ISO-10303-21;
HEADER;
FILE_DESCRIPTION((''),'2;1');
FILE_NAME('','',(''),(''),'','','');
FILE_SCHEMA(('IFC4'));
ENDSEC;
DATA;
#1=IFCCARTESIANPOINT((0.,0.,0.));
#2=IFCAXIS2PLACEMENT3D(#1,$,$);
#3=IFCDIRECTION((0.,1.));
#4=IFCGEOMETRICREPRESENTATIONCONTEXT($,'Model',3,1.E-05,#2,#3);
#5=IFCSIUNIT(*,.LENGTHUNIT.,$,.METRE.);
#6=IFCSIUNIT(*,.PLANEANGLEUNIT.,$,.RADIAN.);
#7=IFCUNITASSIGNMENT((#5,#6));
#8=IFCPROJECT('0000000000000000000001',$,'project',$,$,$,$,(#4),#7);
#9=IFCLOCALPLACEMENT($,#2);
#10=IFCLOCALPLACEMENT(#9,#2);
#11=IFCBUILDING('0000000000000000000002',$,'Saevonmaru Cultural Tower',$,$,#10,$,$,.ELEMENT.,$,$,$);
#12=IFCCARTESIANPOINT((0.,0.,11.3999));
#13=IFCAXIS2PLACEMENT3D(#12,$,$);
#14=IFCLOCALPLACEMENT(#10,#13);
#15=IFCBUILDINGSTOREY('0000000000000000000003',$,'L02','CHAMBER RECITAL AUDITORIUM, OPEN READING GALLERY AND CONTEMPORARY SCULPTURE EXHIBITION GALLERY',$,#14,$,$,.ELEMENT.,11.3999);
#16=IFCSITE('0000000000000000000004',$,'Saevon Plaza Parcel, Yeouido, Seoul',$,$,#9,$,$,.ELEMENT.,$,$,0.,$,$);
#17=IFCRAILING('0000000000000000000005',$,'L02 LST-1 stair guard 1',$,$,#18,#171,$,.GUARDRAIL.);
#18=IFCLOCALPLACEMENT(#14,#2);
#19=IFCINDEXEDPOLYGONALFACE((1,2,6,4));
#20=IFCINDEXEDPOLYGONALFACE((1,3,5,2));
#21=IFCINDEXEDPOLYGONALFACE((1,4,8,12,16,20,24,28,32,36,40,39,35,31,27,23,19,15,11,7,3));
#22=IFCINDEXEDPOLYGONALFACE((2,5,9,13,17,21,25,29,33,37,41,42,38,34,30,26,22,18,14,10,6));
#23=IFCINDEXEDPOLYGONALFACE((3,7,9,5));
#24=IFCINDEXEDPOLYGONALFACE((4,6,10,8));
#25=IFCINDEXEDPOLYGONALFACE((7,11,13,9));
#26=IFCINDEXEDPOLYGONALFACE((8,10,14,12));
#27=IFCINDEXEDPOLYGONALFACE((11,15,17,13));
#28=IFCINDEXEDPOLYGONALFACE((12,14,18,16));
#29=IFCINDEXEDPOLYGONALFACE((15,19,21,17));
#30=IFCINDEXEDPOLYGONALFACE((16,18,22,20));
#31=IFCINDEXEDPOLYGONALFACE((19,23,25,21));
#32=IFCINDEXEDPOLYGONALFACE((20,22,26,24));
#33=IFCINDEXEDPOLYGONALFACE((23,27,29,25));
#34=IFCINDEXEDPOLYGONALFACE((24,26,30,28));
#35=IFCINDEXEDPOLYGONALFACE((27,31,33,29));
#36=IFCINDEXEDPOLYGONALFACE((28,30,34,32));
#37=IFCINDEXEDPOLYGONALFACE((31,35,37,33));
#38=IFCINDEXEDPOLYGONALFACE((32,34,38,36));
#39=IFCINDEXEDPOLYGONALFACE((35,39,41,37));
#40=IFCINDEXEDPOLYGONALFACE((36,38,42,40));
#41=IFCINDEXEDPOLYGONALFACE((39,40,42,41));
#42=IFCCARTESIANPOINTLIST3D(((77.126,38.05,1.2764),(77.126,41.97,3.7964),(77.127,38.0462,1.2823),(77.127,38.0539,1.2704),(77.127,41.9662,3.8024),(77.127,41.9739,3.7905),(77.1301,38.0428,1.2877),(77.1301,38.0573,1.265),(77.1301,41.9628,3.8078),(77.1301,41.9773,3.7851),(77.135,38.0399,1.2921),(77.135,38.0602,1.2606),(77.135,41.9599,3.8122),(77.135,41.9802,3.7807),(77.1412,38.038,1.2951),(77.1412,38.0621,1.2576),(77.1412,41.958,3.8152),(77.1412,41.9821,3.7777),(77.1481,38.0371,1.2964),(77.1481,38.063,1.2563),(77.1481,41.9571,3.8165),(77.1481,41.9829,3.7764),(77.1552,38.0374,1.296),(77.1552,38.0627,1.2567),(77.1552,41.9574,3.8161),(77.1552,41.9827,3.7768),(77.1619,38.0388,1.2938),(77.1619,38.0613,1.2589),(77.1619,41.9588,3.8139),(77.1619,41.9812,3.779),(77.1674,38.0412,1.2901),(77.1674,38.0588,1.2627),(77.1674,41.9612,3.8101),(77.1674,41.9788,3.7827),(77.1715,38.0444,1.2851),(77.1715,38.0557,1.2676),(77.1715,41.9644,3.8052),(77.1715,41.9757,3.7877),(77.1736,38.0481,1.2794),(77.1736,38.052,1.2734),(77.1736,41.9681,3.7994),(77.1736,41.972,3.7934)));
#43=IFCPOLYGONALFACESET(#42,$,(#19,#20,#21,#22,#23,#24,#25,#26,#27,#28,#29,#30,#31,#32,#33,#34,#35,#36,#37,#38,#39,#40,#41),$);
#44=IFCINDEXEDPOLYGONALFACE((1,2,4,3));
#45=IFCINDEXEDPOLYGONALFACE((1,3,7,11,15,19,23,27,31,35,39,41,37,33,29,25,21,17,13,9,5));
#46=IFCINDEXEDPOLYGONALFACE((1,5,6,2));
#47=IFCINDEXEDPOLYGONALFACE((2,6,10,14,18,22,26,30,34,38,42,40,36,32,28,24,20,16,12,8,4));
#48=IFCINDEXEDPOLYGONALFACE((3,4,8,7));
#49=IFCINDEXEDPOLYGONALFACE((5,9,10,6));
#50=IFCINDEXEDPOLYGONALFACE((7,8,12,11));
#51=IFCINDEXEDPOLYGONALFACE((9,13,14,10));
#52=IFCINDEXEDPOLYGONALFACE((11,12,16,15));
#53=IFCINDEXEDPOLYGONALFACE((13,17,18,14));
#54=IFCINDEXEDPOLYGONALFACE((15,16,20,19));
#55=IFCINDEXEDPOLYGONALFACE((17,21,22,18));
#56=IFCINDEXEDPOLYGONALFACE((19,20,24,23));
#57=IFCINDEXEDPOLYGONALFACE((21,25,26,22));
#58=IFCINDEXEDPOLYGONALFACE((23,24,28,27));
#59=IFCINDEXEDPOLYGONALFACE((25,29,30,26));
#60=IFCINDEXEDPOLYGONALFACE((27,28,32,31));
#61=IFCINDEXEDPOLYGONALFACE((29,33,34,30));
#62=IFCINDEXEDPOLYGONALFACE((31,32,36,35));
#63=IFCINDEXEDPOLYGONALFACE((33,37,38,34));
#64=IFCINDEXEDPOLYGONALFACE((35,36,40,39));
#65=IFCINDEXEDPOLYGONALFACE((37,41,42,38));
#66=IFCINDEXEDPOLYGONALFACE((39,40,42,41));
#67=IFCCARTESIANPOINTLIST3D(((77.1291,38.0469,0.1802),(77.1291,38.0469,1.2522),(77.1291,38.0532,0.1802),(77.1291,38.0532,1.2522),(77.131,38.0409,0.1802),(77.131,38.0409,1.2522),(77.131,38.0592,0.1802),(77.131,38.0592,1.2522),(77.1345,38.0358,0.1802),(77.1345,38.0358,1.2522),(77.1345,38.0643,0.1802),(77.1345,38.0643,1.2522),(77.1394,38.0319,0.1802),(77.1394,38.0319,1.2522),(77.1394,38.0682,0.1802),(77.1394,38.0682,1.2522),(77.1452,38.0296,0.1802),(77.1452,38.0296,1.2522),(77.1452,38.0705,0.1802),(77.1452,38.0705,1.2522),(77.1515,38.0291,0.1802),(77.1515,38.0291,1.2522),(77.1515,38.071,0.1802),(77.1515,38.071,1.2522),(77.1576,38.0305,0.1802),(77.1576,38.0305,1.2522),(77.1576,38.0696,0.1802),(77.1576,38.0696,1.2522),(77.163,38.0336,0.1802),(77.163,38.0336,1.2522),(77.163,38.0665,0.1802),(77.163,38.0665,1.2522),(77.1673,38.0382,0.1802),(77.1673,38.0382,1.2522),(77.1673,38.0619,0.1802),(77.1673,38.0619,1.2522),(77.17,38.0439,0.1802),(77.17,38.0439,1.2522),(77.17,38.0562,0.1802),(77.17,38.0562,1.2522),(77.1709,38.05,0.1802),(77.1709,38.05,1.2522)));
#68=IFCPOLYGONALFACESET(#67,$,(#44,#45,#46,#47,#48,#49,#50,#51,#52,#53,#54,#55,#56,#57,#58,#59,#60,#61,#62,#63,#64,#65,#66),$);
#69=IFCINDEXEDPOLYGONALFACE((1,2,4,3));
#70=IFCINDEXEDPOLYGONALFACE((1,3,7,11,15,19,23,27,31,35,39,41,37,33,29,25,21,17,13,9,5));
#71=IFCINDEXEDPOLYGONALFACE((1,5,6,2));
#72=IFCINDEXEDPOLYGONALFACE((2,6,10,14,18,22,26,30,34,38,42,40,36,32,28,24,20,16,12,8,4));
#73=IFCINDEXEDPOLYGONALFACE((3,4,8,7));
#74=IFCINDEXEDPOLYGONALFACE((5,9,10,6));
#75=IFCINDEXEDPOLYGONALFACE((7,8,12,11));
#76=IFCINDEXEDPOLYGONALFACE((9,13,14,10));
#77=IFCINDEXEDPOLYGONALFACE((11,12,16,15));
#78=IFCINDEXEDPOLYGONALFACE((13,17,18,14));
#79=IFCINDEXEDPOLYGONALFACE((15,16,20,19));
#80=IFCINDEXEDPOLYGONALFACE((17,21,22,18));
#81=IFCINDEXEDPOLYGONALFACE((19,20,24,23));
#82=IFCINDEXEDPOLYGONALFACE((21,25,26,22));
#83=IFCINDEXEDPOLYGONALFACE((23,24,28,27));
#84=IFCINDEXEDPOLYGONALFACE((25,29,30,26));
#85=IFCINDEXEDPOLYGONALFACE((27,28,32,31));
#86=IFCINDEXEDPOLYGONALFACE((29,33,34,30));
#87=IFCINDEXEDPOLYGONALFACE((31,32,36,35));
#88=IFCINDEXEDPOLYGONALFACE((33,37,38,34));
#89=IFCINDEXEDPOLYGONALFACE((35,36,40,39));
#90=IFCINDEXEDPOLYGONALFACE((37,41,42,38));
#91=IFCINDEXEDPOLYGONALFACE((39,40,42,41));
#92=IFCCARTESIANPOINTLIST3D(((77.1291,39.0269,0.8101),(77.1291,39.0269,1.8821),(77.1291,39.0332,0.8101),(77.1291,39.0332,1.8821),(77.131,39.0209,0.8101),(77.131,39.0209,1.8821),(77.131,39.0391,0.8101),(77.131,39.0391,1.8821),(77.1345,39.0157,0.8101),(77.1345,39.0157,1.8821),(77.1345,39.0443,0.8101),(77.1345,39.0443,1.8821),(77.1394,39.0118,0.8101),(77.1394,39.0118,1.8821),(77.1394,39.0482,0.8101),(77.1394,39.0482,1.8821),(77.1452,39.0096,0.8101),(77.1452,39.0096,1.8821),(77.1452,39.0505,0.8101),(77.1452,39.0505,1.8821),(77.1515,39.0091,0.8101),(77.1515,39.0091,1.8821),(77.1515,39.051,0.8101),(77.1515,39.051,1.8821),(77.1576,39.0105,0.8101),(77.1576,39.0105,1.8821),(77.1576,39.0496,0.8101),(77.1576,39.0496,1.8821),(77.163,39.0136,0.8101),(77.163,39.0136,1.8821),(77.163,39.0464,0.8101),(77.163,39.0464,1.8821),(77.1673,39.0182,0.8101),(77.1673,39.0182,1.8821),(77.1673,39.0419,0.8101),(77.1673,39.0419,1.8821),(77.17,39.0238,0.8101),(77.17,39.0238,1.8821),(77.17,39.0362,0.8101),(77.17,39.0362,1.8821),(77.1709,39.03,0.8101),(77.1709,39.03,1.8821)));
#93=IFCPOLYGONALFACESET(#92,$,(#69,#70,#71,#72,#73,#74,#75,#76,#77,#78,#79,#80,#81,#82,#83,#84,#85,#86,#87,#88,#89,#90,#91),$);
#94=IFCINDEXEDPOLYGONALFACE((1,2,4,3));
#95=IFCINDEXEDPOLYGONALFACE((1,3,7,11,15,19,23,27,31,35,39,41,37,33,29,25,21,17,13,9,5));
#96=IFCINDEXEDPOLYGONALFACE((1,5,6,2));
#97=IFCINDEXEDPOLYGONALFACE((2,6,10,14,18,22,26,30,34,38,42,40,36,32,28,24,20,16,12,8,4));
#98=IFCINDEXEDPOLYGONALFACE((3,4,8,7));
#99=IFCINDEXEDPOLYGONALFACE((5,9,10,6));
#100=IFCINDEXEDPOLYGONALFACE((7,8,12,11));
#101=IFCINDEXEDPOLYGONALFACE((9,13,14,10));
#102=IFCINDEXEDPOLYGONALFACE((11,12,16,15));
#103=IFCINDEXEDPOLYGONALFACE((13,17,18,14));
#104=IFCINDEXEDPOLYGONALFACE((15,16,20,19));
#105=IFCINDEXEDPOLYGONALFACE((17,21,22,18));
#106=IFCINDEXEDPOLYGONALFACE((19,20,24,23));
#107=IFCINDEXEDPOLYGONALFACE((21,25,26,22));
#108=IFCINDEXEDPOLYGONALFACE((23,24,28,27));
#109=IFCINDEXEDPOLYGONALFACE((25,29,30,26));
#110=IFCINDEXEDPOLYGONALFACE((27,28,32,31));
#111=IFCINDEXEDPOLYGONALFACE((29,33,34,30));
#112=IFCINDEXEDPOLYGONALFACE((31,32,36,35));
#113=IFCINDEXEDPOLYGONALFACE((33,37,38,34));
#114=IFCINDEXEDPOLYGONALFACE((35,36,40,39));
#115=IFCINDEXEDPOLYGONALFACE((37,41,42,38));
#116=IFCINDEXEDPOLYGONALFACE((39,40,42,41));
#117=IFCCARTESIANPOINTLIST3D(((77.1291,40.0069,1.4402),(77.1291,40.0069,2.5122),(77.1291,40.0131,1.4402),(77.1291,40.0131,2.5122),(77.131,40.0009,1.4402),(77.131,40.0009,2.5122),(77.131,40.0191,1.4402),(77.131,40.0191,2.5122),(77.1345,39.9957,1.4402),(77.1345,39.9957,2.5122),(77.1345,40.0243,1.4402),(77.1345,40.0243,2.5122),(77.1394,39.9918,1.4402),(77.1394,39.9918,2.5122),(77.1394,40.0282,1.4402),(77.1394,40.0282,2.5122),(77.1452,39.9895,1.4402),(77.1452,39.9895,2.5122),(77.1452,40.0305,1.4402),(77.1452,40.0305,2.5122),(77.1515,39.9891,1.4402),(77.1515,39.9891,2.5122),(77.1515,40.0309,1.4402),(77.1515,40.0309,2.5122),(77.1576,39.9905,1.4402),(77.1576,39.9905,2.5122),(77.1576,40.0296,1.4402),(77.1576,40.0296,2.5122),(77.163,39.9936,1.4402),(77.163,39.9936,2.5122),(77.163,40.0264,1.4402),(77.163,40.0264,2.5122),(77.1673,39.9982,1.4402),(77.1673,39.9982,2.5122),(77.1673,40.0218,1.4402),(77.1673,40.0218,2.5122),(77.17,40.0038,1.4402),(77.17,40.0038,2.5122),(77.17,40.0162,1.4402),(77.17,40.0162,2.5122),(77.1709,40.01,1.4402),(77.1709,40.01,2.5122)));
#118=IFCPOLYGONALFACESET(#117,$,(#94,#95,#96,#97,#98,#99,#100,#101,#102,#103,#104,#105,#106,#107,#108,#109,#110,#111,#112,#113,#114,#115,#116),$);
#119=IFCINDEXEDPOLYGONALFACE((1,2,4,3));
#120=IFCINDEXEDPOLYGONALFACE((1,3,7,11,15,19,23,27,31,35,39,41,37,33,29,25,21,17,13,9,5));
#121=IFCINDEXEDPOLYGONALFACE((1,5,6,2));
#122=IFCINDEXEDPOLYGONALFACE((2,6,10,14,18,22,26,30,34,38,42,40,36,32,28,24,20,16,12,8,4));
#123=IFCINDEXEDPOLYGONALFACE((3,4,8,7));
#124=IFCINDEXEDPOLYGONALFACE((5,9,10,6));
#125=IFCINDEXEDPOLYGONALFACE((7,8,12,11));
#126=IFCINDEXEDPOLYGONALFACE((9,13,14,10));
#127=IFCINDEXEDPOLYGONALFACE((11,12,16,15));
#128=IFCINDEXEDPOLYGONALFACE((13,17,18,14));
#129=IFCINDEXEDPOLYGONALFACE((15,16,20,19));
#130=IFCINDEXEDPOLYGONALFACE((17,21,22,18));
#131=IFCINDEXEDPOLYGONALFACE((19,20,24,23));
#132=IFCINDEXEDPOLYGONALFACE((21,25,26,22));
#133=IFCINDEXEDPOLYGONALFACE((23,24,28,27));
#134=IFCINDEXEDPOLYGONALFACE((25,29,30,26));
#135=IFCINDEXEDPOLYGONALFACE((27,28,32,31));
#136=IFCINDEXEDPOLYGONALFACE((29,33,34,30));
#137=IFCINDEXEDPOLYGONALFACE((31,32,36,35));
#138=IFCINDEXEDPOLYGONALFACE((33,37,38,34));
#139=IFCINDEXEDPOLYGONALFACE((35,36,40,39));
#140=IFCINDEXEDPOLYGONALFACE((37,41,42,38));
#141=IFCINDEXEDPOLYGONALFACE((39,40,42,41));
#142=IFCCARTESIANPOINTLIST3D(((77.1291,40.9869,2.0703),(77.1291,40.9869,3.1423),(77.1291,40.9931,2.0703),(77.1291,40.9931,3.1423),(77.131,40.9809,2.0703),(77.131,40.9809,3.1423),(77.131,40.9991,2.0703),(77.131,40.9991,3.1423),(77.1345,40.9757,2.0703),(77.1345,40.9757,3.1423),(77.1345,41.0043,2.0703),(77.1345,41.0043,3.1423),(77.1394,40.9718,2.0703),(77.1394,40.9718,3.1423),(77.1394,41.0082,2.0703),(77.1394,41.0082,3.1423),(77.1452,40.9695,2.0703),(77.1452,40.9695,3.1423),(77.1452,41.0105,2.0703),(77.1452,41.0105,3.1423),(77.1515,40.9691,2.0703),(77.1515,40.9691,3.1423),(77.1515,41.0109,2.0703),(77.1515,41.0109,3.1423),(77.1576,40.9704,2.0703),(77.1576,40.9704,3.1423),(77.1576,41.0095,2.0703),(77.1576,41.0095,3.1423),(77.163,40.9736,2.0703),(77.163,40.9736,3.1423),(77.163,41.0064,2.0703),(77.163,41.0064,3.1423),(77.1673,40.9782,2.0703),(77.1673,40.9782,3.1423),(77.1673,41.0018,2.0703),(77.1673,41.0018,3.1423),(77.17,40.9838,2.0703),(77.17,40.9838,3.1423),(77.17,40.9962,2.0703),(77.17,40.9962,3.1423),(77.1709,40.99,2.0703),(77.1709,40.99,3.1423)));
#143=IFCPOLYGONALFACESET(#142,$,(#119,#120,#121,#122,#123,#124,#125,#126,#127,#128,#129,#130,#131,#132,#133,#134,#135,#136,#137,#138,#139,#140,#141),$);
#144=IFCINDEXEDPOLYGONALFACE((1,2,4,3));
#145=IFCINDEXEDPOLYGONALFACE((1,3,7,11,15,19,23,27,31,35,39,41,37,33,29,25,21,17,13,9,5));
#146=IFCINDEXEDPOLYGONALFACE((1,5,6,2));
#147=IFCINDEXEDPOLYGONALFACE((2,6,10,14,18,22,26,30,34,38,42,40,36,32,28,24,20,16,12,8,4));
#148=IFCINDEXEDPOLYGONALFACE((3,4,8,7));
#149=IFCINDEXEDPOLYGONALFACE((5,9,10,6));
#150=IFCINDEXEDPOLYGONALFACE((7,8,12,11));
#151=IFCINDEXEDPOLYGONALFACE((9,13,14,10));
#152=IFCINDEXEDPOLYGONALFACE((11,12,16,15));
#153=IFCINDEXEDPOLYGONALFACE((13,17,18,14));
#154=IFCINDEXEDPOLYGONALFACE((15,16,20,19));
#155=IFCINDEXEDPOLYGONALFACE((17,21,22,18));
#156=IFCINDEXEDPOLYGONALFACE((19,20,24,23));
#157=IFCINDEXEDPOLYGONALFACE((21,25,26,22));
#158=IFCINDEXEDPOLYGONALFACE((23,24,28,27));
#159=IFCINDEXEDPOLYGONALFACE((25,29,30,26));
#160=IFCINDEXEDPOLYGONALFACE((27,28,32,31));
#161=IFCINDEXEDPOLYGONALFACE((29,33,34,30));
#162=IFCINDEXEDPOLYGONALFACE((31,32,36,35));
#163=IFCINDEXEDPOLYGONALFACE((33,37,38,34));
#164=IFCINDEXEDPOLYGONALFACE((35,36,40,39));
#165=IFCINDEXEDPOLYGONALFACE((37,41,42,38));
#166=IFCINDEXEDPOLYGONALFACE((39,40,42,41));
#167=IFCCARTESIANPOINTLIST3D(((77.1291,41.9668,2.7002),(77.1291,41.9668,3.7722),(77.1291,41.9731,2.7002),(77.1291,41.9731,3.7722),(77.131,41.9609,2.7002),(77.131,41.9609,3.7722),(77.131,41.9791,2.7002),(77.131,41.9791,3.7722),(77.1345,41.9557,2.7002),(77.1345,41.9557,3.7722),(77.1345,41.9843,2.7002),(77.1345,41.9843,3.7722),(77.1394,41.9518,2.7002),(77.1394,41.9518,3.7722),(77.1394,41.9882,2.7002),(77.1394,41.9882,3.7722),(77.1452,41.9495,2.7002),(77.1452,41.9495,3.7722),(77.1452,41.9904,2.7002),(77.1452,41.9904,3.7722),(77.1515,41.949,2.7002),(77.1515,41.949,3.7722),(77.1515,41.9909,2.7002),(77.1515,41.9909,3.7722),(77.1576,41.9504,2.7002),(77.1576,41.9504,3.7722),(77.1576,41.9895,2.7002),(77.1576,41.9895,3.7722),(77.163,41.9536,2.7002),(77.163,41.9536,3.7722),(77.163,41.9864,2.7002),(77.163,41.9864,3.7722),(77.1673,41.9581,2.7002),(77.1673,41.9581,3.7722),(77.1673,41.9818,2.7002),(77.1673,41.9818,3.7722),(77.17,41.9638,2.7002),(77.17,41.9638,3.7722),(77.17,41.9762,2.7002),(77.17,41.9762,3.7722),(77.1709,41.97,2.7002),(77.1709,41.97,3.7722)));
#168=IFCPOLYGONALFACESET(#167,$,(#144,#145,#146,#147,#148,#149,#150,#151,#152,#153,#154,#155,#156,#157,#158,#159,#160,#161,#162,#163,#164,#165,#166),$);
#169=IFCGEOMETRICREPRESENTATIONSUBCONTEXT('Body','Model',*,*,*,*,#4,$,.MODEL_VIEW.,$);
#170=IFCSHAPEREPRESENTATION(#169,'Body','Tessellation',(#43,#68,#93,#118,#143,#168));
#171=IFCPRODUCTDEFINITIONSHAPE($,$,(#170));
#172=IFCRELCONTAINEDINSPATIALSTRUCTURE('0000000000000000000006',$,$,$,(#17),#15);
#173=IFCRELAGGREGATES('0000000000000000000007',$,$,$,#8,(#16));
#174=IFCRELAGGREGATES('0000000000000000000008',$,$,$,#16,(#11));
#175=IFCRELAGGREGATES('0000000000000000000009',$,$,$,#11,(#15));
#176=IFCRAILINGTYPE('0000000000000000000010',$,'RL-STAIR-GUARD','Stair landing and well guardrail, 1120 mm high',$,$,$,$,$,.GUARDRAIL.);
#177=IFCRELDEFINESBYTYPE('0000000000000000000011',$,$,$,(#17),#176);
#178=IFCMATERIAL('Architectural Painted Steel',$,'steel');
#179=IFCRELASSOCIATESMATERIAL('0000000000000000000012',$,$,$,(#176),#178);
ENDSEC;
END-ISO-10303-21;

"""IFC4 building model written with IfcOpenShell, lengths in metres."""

from ifc_helpers import new_model, si_unit, direction, frame, origin, origin_2d, place, context, subcontext, project, spatial, circle, extrude, material, type_object, element, save


model = new_model("IFC4")

# Units and contexts
model_context = context("Model", 3, precision=1e-05, world=origin(), true_north=direction((0.0, 1.0)))
body_context = subcontext(model_context, "Body", "Model", "MODEL_VIEW")
ifc_project = project(units=[si_unit("LENGTHUNIT", "METRE"), si_unit("PLANEANGLEUNIT", "RADIAN")], contexts=[model_context])

# Site, building, storey
site_placement = place(None, origin())
site = spatial("IfcSite", under=ifc_project, at=site_placement, Name="Saevon Plaza Parcel, Yeouido, Seoul", CompositionType="ELEMENT", RefElevation=0.0)
building_placement = place(site_placement, origin())
building = spatial("IfcBuilding", under=site, at=building_placement, Name="Saevonmaru Cultural Tower", CompositionType="ELEMENT")
storey_placement = place(building_placement, frame((0.0, 0.0, 11.3999)))
storey = spatial("IfcBuildingStorey", under=building, at=storey_placement, Name="L02", Description="CHAMBER RECITAL AUDITORIUM, OPEN READING GALLERY AND CONTEMPORARY SCULPTURE EXHIBITION GALLERY", CompositionType="ELEMENT", Elevation=11.3999)

# Railing
ifc_material_1 = material(Name="Architectural Painted Steel", Category="steel")
railing_type_1 = type_object("IfcRailingType", Name="RL-STAIR-GUARD", Description="Stair landing and well guardrail, 1120 mm high", PredefinedType="GUARDRAIL", material=ifc_material_1)
railing_1_placement = place(storey_placement, frame((77.1499, 38.05, 0.1802)))
element("IfcRailing", 1, at=railing_1_placement, inside=storey, type_object=railing_type_1, Name="L02 LST-1 stair guard 1", PredefinedType="GUARDRAIL", context=body_context, shape_type="SweptSolid", body=[
    extrude(circle(Radius=0.0239, at=origin_2d()), frame((0.0, 0.0, 1.0962), z_axis=(0.0, 0.841172, 0.540768), x_axis=(-1.0, 0.0, 0.0)), (0.0, 0.0, 1.0), 4.6602),
    extrude(circle(Radius=0.021, at=origin_2d()), origin(), (0.0, 0.0, 1.0), 1.072),
    extrude(circle(Radius=0.021, at=origin_2d()), frame((0.0, 0.98, 0.6299)), (0.0, 0.0, 1.0), 1.072),
    extrude(circle(Radius=0.021, at=origin_2d()), frame((0.0, 1.96, 1.26)), (0.0, 0.0, 1.0), 1.072),
    extrude(circle(Radius=0.021, at=origin_2d()), frame((0.0, 2.9399, 1.8901)), (0.0, 0.0, 1.0), 1.072),
    extrude(circle(Radius=0.021, at=origin_2d()), frame((0.0, 3.9199, 2.52)), (0.0, 0.0, 1.0), 1.072),
])

save(model, "model.ifc")
